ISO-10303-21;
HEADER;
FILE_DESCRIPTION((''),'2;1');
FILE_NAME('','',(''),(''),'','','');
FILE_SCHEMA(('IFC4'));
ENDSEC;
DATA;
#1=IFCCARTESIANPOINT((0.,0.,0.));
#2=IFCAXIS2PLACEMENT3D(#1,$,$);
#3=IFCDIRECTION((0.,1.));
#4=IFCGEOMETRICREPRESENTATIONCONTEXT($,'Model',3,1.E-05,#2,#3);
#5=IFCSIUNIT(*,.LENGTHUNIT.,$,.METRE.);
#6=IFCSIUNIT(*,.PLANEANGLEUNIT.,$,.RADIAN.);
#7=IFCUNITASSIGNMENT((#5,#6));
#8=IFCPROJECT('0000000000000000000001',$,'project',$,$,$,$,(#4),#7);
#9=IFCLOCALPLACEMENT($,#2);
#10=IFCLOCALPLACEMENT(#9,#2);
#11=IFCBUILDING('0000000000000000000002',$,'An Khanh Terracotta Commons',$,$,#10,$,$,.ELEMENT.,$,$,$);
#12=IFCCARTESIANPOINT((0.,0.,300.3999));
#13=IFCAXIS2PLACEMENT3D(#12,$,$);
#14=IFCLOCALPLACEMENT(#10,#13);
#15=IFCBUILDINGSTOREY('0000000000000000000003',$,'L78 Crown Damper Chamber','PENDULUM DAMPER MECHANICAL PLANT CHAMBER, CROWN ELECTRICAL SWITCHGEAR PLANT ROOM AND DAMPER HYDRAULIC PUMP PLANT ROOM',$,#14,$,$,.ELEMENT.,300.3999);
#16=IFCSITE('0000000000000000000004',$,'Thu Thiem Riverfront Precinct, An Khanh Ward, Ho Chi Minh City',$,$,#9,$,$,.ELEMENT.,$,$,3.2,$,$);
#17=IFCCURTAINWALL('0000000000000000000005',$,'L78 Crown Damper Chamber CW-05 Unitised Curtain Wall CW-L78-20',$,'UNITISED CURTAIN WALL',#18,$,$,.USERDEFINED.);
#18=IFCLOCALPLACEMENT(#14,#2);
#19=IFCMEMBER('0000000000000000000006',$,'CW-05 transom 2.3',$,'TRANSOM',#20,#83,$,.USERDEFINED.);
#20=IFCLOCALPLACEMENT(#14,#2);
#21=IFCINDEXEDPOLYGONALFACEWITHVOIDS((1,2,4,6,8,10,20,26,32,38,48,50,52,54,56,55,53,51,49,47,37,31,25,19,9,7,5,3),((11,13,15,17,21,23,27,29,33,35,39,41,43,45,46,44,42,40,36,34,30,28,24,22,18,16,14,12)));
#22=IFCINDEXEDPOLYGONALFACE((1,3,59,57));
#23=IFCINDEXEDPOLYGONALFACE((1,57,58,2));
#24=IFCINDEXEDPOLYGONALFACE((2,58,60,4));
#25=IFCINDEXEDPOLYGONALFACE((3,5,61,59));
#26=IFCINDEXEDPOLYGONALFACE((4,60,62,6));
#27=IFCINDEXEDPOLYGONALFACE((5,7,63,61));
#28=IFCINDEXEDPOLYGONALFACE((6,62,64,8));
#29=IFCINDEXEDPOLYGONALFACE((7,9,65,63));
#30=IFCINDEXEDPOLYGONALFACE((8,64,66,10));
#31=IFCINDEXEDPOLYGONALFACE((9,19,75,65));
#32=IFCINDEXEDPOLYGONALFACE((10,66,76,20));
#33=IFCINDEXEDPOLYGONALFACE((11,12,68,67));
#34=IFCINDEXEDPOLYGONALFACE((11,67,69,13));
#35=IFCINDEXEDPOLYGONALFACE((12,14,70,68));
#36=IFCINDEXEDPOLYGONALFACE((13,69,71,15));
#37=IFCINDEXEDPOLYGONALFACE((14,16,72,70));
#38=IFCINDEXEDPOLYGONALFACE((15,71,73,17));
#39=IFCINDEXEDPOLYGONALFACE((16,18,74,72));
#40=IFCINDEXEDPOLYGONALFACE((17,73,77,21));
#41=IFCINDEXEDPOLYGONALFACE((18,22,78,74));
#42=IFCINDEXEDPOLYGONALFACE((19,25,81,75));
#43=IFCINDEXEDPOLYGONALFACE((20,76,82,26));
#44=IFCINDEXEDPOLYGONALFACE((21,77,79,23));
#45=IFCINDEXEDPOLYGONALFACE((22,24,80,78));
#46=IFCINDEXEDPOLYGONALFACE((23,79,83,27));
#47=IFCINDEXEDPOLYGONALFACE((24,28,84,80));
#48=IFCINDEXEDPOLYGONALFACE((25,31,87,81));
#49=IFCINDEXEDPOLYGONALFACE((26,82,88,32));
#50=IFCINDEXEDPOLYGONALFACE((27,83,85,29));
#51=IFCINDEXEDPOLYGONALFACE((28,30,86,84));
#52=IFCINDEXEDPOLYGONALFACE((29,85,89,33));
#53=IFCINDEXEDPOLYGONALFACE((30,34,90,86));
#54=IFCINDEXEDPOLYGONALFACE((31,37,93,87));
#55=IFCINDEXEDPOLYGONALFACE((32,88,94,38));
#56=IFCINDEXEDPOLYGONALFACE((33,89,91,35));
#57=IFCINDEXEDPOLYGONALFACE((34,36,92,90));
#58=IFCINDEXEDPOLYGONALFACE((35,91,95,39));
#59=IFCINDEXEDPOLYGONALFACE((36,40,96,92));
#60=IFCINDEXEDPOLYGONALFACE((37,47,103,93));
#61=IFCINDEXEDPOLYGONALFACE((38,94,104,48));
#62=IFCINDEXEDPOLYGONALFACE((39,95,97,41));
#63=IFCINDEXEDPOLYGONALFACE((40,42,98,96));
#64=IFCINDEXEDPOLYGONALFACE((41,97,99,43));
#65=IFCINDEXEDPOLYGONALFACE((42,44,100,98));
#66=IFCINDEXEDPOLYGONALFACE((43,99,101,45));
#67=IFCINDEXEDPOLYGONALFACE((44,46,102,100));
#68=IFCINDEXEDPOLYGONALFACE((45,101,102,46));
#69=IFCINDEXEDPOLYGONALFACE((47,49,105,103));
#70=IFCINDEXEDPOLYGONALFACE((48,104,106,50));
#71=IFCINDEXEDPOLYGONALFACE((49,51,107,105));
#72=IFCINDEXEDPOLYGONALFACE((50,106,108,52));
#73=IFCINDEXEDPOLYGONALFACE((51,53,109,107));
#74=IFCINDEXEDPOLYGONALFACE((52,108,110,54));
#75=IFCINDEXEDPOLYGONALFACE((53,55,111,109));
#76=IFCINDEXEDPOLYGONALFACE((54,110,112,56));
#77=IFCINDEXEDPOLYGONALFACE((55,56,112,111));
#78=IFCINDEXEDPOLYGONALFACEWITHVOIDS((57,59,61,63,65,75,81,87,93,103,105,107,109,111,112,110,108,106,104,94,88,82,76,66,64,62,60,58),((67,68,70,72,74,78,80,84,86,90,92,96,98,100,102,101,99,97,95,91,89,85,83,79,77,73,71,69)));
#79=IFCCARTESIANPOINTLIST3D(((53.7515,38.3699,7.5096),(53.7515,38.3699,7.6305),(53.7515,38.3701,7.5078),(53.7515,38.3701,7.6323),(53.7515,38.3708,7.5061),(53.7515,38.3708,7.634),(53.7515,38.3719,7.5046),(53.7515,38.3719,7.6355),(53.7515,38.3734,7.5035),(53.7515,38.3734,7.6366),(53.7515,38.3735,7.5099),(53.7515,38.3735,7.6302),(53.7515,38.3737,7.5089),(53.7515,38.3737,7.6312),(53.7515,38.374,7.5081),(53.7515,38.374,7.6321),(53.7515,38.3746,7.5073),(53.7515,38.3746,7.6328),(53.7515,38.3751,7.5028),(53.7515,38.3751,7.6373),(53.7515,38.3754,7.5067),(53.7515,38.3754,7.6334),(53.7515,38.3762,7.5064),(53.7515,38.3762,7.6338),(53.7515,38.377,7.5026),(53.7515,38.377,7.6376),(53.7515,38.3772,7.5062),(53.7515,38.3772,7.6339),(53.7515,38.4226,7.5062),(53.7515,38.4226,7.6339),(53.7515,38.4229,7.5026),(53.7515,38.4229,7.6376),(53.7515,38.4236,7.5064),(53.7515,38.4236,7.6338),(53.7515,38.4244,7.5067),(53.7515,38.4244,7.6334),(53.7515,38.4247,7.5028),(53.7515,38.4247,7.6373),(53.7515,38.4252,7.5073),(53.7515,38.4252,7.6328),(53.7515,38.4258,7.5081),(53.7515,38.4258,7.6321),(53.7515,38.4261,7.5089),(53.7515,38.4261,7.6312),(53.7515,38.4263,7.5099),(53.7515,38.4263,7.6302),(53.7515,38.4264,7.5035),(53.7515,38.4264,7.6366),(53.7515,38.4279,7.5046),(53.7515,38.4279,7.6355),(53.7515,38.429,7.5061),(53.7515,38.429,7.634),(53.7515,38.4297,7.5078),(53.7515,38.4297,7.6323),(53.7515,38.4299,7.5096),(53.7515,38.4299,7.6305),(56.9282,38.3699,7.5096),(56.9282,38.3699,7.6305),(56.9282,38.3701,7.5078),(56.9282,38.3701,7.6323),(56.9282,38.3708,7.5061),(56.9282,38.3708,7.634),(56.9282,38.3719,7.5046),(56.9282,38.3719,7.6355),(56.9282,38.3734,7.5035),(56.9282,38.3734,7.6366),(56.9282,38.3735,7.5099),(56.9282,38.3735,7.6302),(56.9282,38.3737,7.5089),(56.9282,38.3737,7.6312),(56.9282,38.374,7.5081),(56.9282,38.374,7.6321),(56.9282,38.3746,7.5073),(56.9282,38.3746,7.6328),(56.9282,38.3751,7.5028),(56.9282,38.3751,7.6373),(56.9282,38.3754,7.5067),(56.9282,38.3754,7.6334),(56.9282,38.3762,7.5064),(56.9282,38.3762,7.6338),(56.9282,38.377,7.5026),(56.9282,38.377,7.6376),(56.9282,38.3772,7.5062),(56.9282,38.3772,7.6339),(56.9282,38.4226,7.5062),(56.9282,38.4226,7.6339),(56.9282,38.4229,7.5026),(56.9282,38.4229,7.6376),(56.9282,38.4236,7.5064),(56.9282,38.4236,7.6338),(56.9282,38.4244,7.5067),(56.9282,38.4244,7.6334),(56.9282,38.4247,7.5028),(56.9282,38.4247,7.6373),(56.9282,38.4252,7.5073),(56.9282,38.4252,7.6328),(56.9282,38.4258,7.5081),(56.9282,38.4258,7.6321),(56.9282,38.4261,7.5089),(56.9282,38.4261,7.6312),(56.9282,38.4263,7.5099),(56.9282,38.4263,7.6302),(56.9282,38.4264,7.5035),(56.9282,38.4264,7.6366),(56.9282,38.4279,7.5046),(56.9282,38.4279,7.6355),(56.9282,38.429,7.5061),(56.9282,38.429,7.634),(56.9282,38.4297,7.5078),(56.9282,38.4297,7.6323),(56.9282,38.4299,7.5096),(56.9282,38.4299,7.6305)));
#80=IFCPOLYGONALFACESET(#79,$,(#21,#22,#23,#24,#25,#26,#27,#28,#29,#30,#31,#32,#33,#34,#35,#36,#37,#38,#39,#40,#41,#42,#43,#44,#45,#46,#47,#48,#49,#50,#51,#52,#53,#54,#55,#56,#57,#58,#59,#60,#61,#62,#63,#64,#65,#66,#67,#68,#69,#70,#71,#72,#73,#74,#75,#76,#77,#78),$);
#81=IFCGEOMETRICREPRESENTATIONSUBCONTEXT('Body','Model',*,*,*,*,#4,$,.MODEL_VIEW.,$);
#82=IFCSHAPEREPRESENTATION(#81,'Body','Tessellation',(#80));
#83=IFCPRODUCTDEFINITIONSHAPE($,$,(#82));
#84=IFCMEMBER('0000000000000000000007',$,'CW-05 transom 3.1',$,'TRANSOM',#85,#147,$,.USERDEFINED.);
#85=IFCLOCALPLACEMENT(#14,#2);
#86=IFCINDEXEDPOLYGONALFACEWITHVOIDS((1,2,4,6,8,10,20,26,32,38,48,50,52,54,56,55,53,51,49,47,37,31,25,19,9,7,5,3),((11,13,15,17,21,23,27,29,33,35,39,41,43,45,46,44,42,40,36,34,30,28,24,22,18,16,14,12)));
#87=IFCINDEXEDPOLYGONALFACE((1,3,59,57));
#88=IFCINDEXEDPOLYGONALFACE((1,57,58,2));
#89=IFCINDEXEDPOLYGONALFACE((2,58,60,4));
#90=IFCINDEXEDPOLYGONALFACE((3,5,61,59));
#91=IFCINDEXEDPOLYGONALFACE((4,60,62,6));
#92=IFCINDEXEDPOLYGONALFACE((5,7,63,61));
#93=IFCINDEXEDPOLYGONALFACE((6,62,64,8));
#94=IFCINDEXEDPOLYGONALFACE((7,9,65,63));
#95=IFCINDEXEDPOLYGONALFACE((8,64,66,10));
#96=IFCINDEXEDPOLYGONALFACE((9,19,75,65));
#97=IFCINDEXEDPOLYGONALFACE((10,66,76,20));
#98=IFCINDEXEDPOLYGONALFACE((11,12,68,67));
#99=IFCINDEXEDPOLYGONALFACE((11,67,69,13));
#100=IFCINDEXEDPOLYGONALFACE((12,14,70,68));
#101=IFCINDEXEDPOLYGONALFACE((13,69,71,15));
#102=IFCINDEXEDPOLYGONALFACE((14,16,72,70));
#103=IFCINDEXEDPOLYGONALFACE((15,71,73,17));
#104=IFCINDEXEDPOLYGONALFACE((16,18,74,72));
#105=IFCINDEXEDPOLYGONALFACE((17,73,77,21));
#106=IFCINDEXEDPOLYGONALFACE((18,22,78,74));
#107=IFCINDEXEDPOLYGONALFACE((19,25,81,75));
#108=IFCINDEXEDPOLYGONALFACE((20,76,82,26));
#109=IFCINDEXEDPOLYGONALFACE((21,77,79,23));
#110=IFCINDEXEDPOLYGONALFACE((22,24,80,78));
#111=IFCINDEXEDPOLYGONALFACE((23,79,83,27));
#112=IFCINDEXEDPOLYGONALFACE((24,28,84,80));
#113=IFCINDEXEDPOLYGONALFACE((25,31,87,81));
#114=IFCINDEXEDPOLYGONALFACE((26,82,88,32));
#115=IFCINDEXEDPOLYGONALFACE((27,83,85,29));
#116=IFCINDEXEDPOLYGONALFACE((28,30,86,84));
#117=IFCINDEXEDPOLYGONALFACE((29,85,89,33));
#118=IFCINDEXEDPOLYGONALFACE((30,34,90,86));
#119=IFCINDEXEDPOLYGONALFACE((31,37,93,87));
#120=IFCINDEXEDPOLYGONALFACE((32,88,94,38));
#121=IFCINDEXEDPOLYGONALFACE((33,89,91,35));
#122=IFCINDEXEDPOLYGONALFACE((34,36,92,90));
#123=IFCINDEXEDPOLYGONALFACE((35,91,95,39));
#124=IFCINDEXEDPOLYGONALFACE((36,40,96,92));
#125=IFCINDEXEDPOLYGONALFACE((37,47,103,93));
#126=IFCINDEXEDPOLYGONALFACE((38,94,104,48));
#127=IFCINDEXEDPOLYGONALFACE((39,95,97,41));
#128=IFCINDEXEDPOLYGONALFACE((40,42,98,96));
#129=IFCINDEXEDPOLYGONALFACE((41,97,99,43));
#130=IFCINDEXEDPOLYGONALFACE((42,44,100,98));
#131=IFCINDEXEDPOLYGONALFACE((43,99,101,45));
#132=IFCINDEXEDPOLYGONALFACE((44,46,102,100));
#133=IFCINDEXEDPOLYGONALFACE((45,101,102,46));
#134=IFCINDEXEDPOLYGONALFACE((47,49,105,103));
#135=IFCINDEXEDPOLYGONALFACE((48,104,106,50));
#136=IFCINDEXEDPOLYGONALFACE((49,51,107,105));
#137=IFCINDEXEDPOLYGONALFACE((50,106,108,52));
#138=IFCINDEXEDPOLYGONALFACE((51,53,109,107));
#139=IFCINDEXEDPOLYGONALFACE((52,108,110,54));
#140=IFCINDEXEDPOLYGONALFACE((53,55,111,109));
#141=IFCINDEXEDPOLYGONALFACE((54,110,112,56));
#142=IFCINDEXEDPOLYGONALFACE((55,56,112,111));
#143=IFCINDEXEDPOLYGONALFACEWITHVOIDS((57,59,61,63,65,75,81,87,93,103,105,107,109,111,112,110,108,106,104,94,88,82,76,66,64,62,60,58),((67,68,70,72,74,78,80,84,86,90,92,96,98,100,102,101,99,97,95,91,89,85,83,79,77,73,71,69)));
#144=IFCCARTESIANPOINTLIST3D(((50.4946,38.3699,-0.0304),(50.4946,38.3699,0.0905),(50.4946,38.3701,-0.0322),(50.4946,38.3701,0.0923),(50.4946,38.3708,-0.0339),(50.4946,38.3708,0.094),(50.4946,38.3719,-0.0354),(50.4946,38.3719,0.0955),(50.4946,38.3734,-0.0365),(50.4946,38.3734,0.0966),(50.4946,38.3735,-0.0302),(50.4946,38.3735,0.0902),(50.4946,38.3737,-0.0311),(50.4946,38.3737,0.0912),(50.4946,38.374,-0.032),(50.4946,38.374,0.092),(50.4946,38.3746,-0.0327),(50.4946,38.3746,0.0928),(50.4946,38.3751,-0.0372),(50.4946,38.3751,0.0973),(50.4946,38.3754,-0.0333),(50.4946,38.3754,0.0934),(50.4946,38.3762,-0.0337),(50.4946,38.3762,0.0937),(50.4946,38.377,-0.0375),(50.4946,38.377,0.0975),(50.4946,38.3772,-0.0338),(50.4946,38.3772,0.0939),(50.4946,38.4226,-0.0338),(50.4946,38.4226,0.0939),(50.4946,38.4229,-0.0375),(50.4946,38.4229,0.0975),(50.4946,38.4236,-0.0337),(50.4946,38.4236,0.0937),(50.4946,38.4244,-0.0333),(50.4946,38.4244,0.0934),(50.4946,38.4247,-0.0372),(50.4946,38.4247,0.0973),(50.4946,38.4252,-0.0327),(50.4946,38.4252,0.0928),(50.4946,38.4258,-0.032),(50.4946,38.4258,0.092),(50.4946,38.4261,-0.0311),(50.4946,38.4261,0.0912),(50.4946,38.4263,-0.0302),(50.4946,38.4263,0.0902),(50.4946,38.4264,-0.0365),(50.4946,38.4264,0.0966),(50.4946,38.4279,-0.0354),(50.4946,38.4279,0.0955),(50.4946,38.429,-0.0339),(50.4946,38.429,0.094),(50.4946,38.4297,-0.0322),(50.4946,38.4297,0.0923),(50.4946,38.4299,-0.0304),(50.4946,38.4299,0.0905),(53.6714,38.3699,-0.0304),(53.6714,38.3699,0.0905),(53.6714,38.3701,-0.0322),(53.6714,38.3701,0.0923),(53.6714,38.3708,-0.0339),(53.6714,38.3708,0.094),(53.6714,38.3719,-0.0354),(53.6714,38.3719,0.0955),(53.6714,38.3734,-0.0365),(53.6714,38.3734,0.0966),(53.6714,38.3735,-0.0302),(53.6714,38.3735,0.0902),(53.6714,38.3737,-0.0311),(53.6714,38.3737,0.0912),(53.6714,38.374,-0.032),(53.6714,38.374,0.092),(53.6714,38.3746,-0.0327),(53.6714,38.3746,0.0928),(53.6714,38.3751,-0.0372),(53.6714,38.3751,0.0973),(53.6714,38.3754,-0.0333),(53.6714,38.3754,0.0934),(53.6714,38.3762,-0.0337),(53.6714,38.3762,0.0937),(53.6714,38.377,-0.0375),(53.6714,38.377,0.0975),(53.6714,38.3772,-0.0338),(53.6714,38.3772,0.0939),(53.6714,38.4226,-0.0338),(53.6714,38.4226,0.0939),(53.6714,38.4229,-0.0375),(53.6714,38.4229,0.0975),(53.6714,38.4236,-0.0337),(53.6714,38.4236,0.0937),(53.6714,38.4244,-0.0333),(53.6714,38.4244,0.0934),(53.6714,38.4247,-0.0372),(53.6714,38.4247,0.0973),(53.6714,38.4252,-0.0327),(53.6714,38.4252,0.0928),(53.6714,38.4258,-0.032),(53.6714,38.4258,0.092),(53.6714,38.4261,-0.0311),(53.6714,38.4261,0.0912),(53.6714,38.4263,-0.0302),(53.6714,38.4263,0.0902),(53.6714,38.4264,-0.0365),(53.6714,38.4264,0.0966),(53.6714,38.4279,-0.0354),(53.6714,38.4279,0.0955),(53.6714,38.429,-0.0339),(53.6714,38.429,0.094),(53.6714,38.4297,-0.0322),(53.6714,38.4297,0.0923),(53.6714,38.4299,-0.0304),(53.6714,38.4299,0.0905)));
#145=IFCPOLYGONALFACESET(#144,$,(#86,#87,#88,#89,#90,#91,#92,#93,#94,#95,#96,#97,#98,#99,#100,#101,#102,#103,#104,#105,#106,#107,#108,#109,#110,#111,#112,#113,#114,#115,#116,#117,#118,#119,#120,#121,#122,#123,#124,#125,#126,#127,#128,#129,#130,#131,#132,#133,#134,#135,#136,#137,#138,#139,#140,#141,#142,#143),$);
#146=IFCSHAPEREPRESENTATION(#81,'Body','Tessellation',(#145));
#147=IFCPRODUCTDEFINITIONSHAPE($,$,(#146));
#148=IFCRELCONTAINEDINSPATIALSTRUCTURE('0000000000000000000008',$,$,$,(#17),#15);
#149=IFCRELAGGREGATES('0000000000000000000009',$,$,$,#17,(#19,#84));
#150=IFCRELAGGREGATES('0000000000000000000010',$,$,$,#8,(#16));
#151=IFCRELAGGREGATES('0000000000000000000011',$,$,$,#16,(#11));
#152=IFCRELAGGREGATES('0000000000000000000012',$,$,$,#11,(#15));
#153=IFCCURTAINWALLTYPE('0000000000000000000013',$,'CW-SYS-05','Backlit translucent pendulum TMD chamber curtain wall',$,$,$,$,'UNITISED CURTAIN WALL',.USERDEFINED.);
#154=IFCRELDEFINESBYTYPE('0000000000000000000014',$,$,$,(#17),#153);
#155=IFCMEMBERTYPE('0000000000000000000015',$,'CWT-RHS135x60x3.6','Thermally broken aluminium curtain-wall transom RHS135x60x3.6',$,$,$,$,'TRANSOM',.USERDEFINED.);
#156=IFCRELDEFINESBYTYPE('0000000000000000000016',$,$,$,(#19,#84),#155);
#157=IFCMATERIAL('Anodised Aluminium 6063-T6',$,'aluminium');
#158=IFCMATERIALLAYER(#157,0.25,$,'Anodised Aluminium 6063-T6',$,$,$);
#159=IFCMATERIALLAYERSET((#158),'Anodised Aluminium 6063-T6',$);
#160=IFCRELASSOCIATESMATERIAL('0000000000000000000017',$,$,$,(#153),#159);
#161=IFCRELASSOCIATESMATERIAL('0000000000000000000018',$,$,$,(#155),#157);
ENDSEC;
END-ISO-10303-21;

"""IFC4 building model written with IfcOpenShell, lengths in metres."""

from ifc_helpers import new_model, si_unit, direction, frame, origin, origin_2d, place, context, subcontext, project, spatial, hollow_rectangle, extrude, material, layer, layer_set, material_profile, profile_set, type_object, element, aggregate, save


model = new_model("IFC4")

# Units and contexts
model_context = context("Model", 3, precision=1e-05, world=origin(), true_north=direction((0.0, 1.0)))
body_context = subcontext(model_context, "Body", "Model", "MODEL_VIEW")
ifc_project = project(units=[si_unit("LENGTHUNIT", "METRE"), si_unit("PLANEANGLEUNIT", "RADIAN")], contexts=[model_context])

# Site, building, storey
site_placement = place(None, origin())
site = spatial("IfcSite", under=ifc_project, at=site_placement, Name="Thu Thiem Riverfront Precinct, An Khanh Ward, Ho Chi Minh City", CompositionType="ELEMENT", RefElevation=3.2)
building_placement = place(site_placement, origin())
building = spatial("IfcBuilding", under=site, at=building_placement, Name="An Khanh Terracotta Commons", CompositionType="ELEMENT")
storey_placement = place(building_placement, frame((0.0, 0.0, 300.3999)))
storey = spatial("IfcBuildingStorey", under=building, at=storey_placement, Name="L78 Crown Damper Chamber", Description="PENDULUM DAMPER MECHANICAL PLANT CHAMBER, CROWN ELECTRICAL SWITCHGEAR PLANT ROOM AND DAMPER HYDRAULIC PUMP PLANT ROOM", CompositionType="ELEMENT", Elevation=300.3999)

# Curtain wall, members
ifc_material_1 = material(Name="Anodised Aluminium 6063-T6", Category="aluminium")
ifc_layer_1 = layer(ifc_material_1, 0.25, Name="Anodised Aluminium 6063-T6")
ifc_layer_set_1 = layer_set([ifc_layer_1], Name="Anodised Aluminium 6063-T6")
curtain_wall_type = type_object("IfcCurtainWallType", Name="CW-SYS-05", Description="Backlit translucent pendulum TMD chamber curtain wall", ElementType="UNITISED CURTAIN WALL", PredefinedType="USERDEFINED", material=ifc_layer_set_1)
curtain_wall_placement = place(storey_placement, origin())
curtain_wall = element("IfcCurtainWall", 1, at=curtain_wall_placement, inside=storey, type_object=curtain_wall_type, Name="L78 Crown Damper Chamber CW-05 Unitised Curtain Wall CW-L78-20", ObjectType="UNITISED CURTAIN WALL", PredefinedType="USERDEFINED")
ifc_material_profile_1 = material_profile(ifc_material_1, hollow_rectangle(XDim=0.0601, YDim=0.135, WallThickness=0.0037, InnerFilletRadius=0.0037, OuterFilletRadius=0.0071, at=origin_2d()), Name="RHS135x60x3.6")
ifc_profile_set_1 = profile_set([ifc_material_profile_1], Name="Anodised Aluminium 6063-T6")
member_type_1 = type_object("IfcMemberType", Name="CWT-RHS135x60x3.6", Description="Thermally broken aluminium curtain-wall transom RHS135x60x3.6", ElementType="TRANSOM", PredefinedType="USERDEFINED", material=ifc_profile_set_1)
member_1_placement = place(storey_placement, frame((56.9282, 38.3999, 7.5701), z_axis=(-1.0, 0.0, 0.0), x_axis=(0.0, -1.0, 0.0)))
member_1 = element("IfcMember", 2, at=member_1_placement, type_object=member_type_1, Name="CW-05 transom 2.3", ObjectType="TRANSOM", PredefinedType="USERDEFINED", context=body_context, shape_type="SweptSolid", body=[
    extrude(hollow_rectangle(XDim=0.0601, YDim=0.135, WallThickness=0.0037, InnerFilletRadius=0.0037, OuterFilletRadius=0.0071, at=origin_2d()), origin(), (0.0, 0.0, 1.0), 3.1768),
])
member_2_placement = place(storey_placement, frame((53.6714, 38.3999, 0.03), z_axis=(-1.0, 0.0, 0.0), x_axis=(0.0, -1.0, 0.0)))
member_2 = element("IfcMember", 3, at=member_2_placement, type_object=member_type_1, Name="CW-05 transom 3.1", ObjectType="TRANSOM", PredefinedType="USERDEFINED", context=body_context, shape_type="SweptSolid", body=[
    extrude(hollow_rectangle(XDim=0.0601, YDim=0.135, WallThickness=0.0037, InnerFilletRadius=0.0037, OuterFilletRadius=0.0071, at=origin_2d()), origin(), (0.0, 0.0, 1.0), 3.1768),
])

aggregate(curtain_wall, [member_1, member_2])

save(model, "model.ifc")
